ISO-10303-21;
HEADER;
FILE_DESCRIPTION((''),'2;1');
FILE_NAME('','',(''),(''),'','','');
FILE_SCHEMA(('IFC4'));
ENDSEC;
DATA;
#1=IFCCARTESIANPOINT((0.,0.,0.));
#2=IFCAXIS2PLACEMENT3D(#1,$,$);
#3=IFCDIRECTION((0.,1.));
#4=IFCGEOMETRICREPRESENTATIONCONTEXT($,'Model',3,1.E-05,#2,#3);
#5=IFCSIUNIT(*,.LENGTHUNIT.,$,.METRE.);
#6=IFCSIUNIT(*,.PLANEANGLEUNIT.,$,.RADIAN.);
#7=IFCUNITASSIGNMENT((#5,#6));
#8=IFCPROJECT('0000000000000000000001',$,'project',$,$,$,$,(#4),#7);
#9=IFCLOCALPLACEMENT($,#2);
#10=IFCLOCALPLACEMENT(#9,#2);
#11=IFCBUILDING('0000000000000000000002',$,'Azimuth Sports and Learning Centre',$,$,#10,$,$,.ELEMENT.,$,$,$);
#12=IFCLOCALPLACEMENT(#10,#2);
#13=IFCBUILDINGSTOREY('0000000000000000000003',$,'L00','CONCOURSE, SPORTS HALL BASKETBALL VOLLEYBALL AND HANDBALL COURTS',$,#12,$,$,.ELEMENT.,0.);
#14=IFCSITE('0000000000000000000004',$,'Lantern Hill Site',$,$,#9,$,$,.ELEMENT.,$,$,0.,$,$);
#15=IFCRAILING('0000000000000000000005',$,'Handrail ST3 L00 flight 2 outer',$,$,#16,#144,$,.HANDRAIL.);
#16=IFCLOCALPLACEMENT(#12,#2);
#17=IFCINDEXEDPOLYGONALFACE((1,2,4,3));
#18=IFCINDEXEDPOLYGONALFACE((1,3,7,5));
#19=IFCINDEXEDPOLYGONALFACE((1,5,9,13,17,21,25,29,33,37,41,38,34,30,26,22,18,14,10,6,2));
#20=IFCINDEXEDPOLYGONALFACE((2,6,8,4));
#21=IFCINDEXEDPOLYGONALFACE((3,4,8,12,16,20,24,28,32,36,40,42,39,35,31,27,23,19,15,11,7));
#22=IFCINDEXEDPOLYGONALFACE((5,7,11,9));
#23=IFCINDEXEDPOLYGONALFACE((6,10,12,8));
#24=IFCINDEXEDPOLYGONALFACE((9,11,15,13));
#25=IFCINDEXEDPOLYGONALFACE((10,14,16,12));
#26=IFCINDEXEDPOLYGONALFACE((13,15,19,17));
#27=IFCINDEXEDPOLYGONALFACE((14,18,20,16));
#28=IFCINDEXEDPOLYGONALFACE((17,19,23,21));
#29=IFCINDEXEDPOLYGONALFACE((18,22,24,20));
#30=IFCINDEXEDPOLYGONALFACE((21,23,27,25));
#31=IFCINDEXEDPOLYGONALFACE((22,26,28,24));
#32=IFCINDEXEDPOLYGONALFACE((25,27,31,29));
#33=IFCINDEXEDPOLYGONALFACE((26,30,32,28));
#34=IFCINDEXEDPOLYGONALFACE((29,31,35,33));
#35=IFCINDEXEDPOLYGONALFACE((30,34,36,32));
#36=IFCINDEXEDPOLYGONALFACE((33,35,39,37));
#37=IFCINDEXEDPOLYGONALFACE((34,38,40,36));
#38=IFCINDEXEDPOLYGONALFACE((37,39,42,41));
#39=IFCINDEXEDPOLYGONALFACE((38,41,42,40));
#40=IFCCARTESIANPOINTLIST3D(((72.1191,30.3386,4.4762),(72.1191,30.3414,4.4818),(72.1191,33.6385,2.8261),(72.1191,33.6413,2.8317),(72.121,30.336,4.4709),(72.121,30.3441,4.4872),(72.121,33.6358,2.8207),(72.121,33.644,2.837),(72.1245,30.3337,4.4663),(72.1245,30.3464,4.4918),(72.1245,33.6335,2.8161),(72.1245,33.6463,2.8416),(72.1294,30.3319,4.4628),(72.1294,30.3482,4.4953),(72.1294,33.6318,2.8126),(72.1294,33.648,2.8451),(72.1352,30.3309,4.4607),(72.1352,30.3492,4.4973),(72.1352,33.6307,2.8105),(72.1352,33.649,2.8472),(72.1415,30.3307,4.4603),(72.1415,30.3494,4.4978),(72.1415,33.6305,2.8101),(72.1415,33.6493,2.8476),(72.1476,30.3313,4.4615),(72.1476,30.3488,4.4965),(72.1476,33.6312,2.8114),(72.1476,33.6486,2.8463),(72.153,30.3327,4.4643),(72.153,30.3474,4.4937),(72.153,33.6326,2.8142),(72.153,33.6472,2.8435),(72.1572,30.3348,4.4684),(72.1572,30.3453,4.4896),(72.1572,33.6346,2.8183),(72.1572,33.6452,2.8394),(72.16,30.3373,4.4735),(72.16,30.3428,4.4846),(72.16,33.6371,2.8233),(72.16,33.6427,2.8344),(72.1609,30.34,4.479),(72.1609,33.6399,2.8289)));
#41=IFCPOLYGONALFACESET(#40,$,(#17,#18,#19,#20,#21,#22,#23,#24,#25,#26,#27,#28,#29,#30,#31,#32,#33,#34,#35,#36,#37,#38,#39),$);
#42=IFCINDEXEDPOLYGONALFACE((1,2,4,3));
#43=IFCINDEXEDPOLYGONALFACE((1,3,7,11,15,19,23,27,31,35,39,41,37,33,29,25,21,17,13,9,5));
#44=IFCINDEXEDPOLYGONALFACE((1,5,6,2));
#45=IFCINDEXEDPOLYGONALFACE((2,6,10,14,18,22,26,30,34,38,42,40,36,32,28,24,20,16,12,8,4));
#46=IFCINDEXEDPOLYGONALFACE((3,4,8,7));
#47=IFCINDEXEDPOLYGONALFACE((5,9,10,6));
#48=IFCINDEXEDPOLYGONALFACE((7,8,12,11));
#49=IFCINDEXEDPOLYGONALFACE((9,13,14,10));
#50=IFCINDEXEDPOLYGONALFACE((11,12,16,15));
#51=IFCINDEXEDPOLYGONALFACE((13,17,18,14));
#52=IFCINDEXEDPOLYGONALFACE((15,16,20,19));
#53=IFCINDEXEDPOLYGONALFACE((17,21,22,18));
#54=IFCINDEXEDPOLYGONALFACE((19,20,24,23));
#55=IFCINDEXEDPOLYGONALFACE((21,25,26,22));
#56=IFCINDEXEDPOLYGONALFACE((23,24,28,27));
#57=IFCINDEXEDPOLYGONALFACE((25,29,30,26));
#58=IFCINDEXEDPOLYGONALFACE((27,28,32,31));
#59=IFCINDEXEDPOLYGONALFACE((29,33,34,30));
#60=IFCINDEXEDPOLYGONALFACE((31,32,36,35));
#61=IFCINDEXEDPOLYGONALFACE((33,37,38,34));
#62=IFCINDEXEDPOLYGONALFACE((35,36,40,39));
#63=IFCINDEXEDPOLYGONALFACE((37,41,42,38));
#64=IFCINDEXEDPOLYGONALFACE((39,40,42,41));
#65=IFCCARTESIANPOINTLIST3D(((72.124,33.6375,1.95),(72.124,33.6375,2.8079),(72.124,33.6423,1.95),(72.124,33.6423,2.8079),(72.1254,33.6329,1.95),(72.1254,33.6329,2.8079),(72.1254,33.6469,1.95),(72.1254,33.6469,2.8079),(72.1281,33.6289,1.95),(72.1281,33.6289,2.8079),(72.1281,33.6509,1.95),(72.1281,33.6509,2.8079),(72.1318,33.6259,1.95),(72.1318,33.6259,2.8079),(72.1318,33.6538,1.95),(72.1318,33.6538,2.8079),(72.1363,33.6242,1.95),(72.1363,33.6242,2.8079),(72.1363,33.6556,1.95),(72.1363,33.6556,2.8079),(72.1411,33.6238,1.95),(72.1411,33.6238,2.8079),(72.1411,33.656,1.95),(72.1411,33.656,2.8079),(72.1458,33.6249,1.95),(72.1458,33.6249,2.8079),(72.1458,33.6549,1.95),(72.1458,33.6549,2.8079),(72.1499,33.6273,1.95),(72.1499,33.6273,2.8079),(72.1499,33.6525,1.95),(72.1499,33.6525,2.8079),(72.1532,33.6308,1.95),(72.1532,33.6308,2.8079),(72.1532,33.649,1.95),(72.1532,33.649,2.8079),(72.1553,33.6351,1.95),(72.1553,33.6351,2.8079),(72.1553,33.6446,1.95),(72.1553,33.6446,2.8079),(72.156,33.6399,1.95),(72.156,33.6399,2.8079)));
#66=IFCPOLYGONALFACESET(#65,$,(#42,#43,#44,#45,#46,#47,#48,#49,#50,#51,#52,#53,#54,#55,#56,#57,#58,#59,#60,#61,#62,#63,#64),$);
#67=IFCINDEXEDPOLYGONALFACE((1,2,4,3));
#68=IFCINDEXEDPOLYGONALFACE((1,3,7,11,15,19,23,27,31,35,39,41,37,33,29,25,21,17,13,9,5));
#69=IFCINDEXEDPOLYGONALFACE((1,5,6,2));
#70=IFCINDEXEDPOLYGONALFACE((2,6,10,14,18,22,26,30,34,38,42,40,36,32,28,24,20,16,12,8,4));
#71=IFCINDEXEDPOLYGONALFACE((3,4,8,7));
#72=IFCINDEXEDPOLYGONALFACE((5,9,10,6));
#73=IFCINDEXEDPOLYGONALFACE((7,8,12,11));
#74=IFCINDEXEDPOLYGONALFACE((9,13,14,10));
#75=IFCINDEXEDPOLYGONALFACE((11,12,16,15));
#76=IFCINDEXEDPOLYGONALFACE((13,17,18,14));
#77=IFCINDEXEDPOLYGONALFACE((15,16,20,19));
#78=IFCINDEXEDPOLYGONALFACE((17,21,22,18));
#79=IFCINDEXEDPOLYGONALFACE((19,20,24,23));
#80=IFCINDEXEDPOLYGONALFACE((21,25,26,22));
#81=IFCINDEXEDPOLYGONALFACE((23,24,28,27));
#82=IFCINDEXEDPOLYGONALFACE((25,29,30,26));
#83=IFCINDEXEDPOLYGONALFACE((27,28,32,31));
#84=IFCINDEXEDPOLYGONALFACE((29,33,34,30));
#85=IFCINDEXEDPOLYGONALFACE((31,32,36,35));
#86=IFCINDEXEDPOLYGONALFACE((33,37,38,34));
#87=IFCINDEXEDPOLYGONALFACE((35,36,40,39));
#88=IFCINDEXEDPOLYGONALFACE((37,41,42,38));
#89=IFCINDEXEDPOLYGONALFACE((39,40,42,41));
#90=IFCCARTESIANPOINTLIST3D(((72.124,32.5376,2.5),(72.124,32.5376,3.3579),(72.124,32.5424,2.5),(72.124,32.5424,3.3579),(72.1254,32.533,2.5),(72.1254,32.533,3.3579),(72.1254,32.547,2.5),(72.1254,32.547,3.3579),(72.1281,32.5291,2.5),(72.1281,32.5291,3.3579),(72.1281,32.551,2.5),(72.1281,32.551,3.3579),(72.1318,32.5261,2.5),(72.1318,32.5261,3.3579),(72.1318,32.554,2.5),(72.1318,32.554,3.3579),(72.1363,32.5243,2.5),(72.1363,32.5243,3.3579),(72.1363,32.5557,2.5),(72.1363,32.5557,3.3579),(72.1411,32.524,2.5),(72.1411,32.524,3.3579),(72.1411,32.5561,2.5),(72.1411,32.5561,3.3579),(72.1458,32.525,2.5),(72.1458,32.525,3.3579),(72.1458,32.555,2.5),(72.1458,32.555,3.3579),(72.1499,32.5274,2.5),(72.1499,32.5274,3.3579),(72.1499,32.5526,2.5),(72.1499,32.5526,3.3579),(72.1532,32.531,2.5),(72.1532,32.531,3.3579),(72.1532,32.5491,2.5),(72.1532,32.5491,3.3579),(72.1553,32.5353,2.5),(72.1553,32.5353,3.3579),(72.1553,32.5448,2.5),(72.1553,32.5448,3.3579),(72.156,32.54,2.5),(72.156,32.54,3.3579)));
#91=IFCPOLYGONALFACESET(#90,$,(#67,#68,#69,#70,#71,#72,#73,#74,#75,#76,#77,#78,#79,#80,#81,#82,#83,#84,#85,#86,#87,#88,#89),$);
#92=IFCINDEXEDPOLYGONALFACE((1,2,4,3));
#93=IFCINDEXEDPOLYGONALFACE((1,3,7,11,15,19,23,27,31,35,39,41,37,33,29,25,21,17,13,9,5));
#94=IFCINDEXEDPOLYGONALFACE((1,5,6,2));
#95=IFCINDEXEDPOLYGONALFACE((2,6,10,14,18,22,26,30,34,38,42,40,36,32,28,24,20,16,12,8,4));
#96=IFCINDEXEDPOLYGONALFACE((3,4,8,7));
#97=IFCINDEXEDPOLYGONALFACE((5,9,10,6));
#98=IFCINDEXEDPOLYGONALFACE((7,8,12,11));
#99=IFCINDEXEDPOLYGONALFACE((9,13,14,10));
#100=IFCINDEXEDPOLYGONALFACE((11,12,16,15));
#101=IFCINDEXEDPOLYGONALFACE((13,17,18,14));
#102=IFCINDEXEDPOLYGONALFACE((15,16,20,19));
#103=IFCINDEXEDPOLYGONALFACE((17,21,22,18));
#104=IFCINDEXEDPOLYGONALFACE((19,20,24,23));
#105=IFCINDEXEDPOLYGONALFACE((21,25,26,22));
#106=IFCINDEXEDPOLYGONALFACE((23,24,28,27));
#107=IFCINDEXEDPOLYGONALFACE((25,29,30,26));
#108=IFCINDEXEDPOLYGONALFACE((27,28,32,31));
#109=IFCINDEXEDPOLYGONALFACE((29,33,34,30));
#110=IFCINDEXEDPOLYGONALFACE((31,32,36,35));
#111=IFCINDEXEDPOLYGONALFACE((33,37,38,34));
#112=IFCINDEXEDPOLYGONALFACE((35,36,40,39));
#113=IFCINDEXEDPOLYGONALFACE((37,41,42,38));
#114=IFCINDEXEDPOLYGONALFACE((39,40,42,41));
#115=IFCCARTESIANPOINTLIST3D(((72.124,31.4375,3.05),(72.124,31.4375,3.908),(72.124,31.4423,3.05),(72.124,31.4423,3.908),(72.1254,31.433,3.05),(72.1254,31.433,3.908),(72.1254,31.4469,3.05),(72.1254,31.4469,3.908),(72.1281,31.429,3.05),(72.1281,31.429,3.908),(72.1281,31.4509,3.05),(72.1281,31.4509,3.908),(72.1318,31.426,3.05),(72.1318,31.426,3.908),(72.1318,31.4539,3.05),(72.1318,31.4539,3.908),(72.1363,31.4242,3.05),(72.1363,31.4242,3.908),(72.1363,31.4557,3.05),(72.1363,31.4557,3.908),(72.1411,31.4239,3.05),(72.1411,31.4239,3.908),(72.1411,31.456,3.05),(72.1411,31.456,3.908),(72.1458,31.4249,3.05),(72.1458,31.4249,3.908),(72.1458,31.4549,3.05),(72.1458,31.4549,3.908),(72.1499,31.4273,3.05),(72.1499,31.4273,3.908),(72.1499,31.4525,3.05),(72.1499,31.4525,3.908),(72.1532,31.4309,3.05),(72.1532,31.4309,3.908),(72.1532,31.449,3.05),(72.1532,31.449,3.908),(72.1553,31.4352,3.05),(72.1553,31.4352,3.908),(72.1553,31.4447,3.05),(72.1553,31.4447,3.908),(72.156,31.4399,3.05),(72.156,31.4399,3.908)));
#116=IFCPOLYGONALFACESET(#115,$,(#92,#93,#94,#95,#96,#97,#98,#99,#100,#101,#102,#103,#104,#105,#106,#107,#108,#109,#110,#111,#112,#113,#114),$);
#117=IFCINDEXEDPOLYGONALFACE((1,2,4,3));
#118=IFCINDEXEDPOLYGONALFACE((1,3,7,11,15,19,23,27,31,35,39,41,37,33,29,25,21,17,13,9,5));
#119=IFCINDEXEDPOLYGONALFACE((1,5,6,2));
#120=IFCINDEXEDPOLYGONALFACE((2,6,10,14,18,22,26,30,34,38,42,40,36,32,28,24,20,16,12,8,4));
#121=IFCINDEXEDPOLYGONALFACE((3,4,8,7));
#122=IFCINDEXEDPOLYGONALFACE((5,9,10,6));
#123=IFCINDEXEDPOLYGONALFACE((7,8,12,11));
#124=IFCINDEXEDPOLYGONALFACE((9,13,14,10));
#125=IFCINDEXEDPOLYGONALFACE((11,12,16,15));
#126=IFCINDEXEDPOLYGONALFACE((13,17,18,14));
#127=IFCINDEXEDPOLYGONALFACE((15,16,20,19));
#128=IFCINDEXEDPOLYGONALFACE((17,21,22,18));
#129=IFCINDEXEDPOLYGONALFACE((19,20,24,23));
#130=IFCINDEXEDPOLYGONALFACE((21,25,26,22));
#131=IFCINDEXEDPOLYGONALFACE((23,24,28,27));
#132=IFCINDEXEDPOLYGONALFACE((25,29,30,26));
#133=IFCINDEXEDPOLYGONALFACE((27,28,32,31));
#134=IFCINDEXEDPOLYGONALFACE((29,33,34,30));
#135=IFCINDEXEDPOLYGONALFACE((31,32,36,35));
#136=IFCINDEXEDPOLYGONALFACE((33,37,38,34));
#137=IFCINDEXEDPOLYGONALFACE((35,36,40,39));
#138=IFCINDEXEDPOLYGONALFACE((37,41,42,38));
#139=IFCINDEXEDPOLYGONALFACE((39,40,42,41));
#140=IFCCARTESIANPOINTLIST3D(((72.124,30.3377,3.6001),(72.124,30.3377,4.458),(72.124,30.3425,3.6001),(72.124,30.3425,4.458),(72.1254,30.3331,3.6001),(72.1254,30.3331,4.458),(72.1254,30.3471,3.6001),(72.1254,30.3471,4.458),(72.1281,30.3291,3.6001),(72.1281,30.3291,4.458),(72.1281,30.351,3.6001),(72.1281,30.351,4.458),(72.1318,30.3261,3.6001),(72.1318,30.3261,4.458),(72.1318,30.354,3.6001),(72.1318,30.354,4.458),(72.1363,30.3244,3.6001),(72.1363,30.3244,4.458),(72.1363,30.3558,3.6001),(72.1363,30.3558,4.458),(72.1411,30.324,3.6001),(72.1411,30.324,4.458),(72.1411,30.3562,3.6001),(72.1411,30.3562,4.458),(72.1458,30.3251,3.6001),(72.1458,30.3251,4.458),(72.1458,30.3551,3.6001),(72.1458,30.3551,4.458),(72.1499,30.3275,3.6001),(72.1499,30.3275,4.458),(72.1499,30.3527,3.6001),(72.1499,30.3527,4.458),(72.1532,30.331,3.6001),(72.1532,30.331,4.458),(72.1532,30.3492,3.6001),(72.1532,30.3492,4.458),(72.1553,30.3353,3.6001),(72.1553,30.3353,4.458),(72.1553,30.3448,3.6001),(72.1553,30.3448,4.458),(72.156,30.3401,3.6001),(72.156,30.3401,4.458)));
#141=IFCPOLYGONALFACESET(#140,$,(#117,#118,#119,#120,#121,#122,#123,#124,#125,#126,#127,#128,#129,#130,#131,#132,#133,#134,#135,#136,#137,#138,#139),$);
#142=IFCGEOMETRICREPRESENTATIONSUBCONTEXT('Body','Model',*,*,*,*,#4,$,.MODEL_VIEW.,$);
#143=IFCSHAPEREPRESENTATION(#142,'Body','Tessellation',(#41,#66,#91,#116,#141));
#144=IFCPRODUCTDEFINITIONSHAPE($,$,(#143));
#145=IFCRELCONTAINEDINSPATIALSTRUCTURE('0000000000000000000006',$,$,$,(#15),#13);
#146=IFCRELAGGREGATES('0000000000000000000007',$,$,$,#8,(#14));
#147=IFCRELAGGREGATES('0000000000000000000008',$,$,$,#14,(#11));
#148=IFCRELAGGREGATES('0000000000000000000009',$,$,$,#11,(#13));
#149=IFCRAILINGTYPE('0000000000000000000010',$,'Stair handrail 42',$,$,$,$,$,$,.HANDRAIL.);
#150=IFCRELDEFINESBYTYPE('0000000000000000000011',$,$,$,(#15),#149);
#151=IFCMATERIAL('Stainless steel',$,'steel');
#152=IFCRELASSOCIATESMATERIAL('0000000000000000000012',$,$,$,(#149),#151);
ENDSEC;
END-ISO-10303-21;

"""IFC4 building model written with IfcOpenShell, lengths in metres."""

from ifc_helpers import new_model, si_unit, direction, frame, origin, origin_2d, place, context, subcontext, project, spatial, circle, extrude, material, type_object, element, save


model = new_model("IFC4")

# Units and contexts
model_context = context("Model", 3, precision=1e-05, world=origin(), true_north=direction((0.0, 1.0)))
body_context = subcontext(model_context, "Body", "Model", "MODEL_VIEW")
ifc_project = project(units=[si_unit("LENGTHUNIT", "METRE"), si_unit("PLANEANGLEUNIT", "RADIAN")], contexts=[model_context])

# Site, building, storey
site_placement = place(None, origin())
site = spatial("IfcSite", under=ifc_project, at=site_placement, Name="Lantern Hill Site", CompositionType="ELEMENT", RefElevation=0.0)
building_placement = place(site_placement, origin())
building = spatial("IfcBuilding", under=site, at=building_placement, Name="Azimuth Sports and Learning Centre", CompositionType="ELEMENT")
storey_placement = place(building_placement, origin())
storey = spatial("IfcBuildingStorey", under=building, at=storey_placement, Name="L00", Description="CONCOURSE, SPORTS HALL BASKETBALL VOLLEYBALL AND HANDBALL COURTS", CompositionType="ELEMENT", Elevation=0.0)

# Railing
ifc_material_1 = material(Name="Stainless steel", Category="steel")
railing_type_1 = type_object("IfcRailingType", Name="Stair handrail 42", PredefinedType="HANDRAIL", material=ifc_material_1)
for number, where, name in (
    (1, (72.1399, 33.6399, 1.95), "Handrail ST3 L00 flight 2 outer"),
):
    element("IfcRailing", number, at=place(storey_placement, frame(where)), inside=storey, type_object=railing_type_1, Name=name, PredefinedType="HANDRAIL", context=body_context, shape_type="SweptSolid", body=[
        extrude(circle(Radius=0.021, at=origin_2d()), frame((0.0, 0.0, 0.8789), z_axis=(0.0, -0.894401, 0.447267), x_axis=(1.0, 0.0, 0.0)), (0.0, 0.0, 1.0), 3.6895),
        extrude(circle(Radius=0.0161, at=origin_2d()), origin(), (0.0, 0.0, 1.0), 0.8579),
        extrude(circle(Radius=0.0161, at=origin_2d()), frame((0.0, -1.0999, 0.55)), (0.0, 0.0, 1.0), 0.8579),
        extrude(circle(Radius=0.0161, at=origin_2d()), frame((0.0, -2.2, 1.1001)), (0.0, 0.0, 1.0), 0.8579),
        extrude(circle(Radius=0.0161, at=origin_2d()), frame((0.0, -3.2998, 1.6501)), (0.0, 0.0, 1.0), 0.8579),
    ])

save(model, "model.ifc")
